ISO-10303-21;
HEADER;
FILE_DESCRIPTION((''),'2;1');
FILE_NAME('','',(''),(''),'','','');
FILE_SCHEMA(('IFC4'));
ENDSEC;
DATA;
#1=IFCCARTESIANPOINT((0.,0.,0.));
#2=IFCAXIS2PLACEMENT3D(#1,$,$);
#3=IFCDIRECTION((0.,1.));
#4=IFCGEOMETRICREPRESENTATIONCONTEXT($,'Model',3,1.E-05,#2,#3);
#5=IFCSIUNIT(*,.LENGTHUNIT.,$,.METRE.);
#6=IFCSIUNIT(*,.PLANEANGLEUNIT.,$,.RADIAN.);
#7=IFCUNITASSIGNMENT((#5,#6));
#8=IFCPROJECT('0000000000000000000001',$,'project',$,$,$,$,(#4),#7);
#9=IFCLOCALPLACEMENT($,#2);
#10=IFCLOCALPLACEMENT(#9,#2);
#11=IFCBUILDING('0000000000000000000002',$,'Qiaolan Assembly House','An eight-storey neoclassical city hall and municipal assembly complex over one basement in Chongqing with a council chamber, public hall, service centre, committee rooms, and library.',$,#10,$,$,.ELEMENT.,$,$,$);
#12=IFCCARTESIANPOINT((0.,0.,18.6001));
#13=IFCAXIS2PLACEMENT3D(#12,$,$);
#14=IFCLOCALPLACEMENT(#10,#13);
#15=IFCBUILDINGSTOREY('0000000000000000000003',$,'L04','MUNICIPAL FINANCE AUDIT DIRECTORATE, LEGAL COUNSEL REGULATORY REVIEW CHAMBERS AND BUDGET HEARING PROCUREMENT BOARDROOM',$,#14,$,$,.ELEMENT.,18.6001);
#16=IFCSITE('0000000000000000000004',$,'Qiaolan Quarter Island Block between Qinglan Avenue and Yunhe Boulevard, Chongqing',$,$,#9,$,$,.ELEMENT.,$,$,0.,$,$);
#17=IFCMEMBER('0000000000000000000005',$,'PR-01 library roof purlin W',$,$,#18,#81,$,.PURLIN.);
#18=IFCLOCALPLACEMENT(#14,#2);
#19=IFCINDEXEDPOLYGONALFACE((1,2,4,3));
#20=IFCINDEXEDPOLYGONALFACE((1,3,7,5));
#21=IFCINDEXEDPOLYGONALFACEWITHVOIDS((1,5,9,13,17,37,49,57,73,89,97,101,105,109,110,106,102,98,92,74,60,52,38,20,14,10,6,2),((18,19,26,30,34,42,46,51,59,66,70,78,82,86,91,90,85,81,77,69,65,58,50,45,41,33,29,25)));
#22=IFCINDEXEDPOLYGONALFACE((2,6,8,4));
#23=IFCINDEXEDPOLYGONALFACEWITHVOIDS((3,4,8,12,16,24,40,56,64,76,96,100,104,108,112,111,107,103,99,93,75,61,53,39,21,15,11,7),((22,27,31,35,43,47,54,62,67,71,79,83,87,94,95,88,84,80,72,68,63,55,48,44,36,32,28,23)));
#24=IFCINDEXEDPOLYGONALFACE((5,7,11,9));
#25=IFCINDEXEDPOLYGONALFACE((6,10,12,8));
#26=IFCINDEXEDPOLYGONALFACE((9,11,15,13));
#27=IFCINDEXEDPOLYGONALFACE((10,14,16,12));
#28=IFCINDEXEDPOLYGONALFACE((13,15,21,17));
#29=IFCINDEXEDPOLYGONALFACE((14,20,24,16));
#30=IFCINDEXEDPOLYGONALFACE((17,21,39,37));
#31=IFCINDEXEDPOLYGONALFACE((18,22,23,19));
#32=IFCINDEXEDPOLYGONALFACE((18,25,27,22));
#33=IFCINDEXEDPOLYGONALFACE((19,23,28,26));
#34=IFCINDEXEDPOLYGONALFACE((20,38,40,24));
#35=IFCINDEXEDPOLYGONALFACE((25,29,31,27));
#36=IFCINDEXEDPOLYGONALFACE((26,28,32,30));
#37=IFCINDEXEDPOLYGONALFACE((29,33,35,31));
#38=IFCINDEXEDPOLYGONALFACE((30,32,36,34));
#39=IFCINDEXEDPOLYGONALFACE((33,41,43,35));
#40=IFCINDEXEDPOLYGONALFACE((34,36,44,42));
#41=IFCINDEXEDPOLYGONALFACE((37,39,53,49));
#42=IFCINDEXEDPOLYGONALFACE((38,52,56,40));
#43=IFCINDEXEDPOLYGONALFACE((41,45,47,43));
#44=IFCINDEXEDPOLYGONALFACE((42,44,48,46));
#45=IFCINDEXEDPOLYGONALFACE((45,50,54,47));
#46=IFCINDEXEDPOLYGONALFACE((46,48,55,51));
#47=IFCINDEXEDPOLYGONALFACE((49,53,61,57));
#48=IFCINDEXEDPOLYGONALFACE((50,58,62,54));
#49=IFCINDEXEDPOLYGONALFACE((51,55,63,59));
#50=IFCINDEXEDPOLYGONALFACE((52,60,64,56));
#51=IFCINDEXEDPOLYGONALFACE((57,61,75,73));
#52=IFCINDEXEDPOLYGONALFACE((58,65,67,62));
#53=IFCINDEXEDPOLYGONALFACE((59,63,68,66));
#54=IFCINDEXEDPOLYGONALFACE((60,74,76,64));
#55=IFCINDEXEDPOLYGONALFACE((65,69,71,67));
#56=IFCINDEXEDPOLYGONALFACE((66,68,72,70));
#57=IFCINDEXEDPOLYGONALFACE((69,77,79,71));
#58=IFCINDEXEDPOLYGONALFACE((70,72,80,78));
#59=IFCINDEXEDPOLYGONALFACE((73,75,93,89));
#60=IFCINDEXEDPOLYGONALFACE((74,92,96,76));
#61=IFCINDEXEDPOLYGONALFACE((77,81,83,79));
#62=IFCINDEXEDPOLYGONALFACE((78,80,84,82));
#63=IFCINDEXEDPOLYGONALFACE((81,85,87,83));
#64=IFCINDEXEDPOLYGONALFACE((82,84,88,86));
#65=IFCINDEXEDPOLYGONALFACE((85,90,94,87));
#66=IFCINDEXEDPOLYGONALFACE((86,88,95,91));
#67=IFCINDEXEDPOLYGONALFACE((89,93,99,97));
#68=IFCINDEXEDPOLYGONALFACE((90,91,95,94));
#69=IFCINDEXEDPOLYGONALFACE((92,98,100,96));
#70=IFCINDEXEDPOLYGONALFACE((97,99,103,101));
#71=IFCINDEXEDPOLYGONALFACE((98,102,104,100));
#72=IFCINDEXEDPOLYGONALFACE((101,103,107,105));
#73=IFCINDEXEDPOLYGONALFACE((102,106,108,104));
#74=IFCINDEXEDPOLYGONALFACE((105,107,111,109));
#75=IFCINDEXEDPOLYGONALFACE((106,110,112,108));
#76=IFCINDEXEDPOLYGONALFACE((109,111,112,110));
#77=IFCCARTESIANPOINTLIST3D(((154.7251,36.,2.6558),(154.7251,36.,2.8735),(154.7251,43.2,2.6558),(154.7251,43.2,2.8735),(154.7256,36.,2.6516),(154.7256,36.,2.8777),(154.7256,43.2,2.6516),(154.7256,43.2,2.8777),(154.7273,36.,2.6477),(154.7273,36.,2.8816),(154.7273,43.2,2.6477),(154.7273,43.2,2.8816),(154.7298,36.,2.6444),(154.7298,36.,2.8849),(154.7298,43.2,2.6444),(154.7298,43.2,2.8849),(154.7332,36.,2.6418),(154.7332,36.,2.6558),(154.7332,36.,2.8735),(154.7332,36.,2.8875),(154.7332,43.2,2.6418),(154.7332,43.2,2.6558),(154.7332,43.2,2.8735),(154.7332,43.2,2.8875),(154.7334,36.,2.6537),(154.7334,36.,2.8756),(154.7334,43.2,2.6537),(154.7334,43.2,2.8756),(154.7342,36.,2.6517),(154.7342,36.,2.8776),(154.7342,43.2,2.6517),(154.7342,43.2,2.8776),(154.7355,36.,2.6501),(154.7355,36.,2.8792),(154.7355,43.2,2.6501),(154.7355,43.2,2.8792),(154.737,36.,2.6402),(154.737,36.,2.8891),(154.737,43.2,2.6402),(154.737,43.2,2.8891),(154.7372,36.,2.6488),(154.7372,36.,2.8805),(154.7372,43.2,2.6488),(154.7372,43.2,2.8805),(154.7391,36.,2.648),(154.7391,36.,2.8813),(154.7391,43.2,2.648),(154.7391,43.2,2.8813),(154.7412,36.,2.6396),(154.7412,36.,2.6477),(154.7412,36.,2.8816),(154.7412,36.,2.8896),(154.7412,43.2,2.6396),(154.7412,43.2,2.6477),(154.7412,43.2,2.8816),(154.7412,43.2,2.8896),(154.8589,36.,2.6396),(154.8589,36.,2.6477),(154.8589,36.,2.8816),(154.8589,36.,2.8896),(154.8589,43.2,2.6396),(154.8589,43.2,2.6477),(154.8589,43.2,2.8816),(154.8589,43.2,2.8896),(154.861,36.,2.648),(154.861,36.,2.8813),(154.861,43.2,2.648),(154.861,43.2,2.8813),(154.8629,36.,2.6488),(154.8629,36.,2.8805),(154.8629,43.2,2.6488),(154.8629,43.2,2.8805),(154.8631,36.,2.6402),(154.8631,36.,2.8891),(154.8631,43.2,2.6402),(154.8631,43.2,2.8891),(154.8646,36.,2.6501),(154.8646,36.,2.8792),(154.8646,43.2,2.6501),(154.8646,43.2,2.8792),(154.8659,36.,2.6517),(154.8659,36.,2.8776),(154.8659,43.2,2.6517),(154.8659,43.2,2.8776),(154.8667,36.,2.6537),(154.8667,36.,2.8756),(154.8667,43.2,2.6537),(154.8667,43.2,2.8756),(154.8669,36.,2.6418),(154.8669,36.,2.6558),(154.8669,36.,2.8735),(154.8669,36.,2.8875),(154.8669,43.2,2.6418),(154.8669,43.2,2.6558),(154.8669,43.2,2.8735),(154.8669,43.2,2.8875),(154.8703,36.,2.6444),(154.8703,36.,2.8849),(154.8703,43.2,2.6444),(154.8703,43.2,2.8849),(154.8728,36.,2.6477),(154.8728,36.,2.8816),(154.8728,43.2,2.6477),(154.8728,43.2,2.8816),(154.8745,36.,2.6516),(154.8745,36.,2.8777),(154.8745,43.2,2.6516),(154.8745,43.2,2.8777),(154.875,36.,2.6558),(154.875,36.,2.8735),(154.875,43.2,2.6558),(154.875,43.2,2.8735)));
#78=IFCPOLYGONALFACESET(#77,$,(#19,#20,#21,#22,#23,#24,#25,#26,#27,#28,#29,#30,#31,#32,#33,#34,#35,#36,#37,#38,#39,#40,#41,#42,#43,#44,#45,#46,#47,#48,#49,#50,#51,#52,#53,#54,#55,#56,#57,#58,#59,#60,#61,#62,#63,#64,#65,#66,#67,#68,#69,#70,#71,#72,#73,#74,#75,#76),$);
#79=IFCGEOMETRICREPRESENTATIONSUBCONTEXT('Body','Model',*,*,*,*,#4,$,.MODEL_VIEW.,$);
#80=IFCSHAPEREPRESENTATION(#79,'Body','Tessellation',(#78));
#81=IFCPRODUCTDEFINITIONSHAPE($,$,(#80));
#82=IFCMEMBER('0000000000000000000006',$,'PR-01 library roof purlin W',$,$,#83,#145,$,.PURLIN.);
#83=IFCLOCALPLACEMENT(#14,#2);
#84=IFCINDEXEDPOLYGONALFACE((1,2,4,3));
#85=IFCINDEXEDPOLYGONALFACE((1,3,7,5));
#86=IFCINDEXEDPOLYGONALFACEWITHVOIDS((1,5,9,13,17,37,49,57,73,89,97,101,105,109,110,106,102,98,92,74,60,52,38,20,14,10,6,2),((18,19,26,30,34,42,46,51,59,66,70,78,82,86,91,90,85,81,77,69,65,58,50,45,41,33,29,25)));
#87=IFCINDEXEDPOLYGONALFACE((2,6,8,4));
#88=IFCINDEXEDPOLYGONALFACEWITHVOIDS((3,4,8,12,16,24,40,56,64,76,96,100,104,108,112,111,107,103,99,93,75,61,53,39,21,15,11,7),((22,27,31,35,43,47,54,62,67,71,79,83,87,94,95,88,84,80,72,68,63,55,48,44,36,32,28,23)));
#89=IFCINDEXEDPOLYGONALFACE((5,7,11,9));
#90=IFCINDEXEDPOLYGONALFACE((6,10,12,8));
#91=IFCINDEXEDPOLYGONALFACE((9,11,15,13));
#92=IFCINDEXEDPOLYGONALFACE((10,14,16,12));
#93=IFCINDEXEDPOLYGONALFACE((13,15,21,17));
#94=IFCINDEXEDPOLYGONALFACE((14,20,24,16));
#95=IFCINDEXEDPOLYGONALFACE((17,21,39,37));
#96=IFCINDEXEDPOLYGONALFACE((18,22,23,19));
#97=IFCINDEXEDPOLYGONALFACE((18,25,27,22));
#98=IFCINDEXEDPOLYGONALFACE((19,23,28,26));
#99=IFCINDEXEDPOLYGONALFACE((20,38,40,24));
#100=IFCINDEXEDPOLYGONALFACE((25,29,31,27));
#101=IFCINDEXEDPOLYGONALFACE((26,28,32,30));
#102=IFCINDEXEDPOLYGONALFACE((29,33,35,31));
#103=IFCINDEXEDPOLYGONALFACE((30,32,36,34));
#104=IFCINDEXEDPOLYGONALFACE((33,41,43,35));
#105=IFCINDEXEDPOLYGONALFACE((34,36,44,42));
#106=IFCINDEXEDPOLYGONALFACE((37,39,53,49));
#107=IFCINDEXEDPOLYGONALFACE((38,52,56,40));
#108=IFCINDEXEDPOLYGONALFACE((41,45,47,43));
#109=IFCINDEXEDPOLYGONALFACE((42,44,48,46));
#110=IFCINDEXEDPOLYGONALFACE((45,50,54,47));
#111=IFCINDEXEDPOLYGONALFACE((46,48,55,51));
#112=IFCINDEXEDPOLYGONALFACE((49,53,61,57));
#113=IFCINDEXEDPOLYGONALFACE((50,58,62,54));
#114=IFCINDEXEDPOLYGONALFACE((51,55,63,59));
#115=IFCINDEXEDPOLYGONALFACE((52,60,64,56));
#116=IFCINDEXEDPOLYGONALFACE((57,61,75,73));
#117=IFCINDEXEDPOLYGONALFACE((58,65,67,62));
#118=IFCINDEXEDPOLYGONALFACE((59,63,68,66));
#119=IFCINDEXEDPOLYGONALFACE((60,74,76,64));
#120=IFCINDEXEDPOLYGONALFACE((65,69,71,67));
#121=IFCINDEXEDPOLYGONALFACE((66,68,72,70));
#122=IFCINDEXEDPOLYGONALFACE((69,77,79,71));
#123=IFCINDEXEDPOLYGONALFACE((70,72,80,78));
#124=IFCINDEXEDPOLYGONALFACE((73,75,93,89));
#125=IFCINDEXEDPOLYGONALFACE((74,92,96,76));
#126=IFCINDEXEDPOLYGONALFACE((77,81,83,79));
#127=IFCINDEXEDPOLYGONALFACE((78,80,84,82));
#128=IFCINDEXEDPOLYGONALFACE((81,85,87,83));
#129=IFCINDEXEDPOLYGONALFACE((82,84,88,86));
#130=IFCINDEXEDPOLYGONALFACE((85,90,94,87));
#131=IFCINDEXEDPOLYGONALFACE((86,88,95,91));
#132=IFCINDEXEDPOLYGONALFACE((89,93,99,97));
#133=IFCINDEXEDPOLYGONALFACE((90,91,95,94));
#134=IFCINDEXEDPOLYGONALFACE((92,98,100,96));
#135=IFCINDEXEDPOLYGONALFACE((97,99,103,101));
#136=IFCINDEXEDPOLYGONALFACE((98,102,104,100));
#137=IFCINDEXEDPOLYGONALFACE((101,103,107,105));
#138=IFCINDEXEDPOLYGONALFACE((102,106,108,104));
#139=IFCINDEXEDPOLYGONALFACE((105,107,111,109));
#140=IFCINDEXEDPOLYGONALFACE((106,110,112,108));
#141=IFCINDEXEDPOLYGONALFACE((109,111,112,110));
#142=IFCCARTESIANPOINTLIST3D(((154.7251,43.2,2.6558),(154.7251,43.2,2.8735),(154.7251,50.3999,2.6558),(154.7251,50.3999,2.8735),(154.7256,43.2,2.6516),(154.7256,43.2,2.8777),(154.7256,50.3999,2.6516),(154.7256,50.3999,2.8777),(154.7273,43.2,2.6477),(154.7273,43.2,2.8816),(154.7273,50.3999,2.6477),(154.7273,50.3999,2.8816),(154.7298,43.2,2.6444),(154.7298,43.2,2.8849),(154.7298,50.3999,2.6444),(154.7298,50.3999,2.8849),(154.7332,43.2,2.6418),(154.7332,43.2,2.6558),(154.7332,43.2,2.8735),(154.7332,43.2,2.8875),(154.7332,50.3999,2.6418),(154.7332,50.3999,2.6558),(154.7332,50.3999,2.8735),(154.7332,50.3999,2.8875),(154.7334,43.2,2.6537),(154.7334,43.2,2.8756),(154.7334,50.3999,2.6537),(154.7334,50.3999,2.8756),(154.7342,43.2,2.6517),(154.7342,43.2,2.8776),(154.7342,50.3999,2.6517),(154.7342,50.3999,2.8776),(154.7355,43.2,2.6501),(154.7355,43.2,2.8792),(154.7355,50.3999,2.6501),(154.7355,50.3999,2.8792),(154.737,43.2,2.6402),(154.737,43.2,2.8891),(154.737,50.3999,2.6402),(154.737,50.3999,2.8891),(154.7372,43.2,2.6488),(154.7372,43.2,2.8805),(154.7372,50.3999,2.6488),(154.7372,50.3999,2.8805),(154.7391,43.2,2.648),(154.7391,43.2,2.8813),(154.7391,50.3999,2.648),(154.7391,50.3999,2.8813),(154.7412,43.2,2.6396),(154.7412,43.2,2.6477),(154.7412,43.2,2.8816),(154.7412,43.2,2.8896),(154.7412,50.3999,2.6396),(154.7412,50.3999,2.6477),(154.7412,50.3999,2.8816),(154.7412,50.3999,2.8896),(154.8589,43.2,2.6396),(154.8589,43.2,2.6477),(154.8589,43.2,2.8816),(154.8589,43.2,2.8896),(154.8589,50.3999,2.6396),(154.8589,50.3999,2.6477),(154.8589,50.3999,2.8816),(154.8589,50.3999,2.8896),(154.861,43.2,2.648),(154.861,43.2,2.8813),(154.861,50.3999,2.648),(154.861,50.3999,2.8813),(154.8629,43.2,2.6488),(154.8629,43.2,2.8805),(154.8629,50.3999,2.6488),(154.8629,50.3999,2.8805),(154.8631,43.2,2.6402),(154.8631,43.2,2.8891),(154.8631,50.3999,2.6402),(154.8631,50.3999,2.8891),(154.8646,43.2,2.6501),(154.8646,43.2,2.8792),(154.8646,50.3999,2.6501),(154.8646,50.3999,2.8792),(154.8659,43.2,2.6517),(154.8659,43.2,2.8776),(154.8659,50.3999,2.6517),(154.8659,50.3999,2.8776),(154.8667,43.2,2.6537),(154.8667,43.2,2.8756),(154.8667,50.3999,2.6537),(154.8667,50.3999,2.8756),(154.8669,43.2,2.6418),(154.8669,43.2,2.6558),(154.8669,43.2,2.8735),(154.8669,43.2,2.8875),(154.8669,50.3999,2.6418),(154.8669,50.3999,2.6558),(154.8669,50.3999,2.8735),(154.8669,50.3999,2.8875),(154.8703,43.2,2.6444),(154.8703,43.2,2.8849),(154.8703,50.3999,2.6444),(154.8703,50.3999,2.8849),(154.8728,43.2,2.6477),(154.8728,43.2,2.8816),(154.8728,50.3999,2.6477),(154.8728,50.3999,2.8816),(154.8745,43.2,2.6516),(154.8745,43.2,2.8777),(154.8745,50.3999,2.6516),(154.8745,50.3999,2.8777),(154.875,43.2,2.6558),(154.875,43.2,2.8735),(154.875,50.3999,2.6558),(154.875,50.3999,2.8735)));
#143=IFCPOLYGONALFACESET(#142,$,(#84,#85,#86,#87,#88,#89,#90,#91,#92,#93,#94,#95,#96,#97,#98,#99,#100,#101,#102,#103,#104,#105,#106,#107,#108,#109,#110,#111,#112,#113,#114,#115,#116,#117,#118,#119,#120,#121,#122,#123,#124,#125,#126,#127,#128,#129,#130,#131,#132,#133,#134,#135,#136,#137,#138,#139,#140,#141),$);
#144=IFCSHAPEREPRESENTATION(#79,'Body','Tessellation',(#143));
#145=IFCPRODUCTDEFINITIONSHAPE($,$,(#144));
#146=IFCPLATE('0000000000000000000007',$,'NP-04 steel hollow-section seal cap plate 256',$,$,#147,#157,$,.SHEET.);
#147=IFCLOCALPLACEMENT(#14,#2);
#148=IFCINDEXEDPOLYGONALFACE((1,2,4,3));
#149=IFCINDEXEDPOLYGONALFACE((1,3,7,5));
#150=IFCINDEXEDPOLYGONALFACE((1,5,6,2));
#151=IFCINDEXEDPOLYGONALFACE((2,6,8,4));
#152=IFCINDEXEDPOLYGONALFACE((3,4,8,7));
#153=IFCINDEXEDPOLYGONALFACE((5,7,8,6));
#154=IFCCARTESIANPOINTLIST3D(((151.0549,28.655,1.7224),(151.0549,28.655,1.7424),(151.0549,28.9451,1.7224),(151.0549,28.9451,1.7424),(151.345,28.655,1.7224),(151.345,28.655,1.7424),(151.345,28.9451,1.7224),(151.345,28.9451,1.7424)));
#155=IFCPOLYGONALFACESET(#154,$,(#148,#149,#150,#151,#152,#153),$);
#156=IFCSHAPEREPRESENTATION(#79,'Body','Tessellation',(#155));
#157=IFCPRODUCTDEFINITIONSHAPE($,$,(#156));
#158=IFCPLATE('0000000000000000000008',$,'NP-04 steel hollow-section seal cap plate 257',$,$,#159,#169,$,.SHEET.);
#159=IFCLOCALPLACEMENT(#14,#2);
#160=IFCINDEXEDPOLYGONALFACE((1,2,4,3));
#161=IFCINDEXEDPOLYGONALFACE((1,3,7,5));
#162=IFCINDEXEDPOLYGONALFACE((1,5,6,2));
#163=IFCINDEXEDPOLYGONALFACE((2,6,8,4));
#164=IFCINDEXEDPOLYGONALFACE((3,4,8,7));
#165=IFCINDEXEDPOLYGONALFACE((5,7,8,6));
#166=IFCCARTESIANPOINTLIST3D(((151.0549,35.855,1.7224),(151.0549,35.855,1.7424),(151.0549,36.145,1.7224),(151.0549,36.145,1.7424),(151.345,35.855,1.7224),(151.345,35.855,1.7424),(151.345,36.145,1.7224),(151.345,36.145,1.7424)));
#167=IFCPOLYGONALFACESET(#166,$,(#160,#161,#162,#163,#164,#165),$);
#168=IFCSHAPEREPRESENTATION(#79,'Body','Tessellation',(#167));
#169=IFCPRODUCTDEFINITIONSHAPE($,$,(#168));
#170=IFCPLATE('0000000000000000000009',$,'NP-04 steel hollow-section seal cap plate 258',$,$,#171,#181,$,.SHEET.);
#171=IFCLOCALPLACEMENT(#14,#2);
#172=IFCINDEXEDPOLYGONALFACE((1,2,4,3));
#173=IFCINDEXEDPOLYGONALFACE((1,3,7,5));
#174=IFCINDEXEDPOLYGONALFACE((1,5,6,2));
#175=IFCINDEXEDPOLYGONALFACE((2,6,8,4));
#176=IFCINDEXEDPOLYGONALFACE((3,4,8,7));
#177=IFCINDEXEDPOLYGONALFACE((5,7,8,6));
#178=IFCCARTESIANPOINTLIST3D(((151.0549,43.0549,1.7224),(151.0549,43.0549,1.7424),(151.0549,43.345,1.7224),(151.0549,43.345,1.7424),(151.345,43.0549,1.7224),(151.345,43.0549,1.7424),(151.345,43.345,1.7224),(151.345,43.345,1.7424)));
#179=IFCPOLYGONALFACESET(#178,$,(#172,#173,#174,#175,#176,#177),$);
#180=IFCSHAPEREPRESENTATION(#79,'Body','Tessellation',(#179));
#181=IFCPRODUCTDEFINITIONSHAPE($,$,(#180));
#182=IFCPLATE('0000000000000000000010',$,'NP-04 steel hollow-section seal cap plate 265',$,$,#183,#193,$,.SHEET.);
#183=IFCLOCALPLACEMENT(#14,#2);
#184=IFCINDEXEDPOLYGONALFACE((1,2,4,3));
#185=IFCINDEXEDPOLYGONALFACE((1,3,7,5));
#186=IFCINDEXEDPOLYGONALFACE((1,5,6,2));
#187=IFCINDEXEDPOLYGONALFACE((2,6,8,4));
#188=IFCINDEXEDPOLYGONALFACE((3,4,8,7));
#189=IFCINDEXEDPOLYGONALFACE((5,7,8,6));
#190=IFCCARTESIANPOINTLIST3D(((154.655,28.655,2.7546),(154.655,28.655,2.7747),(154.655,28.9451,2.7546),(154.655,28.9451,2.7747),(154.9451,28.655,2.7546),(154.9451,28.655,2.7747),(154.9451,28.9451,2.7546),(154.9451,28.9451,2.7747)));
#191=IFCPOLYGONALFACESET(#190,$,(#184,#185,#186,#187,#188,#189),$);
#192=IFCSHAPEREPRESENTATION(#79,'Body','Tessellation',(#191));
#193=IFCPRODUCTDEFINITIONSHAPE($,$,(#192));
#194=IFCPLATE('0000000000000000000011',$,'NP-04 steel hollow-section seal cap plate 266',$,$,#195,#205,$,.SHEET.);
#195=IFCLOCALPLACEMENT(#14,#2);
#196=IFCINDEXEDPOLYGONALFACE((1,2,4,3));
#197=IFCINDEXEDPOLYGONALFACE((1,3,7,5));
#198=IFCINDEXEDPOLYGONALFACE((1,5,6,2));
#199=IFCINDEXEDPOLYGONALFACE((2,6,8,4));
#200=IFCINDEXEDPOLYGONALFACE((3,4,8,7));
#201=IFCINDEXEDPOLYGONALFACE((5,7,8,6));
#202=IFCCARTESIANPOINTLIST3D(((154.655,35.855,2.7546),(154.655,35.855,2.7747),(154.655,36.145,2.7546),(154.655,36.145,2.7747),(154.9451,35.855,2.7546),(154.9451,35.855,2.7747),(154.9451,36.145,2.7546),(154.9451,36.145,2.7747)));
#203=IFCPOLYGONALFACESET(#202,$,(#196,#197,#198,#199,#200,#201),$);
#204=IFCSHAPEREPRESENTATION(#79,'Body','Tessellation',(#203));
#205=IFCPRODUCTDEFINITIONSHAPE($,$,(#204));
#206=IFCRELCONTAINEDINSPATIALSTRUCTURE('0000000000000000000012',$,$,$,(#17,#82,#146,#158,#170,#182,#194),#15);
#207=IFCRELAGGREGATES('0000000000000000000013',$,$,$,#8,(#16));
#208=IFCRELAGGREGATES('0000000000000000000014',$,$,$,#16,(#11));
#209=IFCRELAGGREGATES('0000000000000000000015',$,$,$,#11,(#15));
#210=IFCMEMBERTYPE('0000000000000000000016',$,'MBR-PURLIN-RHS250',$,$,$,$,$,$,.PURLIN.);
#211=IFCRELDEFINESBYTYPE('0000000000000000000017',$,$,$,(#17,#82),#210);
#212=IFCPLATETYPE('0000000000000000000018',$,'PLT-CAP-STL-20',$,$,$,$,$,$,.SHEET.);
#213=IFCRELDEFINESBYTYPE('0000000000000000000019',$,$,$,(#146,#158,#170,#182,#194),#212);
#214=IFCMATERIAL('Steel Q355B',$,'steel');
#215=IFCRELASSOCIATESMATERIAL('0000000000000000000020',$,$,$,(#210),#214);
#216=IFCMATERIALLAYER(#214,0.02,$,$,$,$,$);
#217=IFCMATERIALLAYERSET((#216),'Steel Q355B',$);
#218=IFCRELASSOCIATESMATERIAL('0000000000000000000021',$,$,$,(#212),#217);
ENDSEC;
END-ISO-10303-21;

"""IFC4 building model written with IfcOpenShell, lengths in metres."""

from ifc_helpers import new_model, si_unit, direction, frame, origin, origin_2d, place, context, subcontext, project, spatial, rectangle, hollow_rectangle, extrude, material, layer, layer_set, material_profile, profile_set, type_object, element, save


model = new_model("IFC4")

# Units and contexts
model_context = context("Model", 3, precision=1e-05, world=origin(), true_north=direction((0.0, 1.0)))
body_context = subcontext(model_context, "Body", "Model", "MODEL_VIEW")
ifc_project = project(units=[si_unit("LENGTHUNIT", "METRE"), si_unit("PLANEANGLEUNIT", "RADIAN")], contexts=[model_context])

# Site, building, storey
site_placement = place(None, origin())
site = spatial("IfcSite", under=ifc_project, at=site_placement, Name="Qiaolan Quarter Island Block between Qinglan Avenue and Yunhe Boulevard, Chongqing", CompositionType="ELEMENT", RefElevation=0.0)
building_placement = place(site_placement, origin())
building = spatial("IfcBuilding", under=site, at=building_placement, Name="Qiaolan Assembly House", Description="An eight-storey neoclassical city hall and municipal assembly complex over one basement in Chongqing with a council chamber, public hall, service centre, committee rooms, and library.", CompositionType="ELEMENT")
storey_placement = place(building_placement, frame((0.0, 0.0, 18.6001)))
storey = spatial("IfcBuildingStorey", under=building, at=storey_placement, Name="L04", Description="MUNICIPAL FINANCE AUDIT DIRECTORATE, LEGAL COUNSEL REGULATORY REVIEW CHAMBERS AND BUDGET HEARING PROCUREMENT BOARDROOM", CompositionType="ELEMENT", Elevation=18.6001)

# Shared definitions
ifc_material = material(Name="Steel Q355B", Category="steel")

# Members
ifc_material_profile_1 = material_profile(ifc_material, hollow_rectangle(XDim=0.1499, YDim=0.25, WallThickness=0.0081, InnerFilletRadius=0.0081, OuterFilletRadius=0.0161, at=origin_2d()), Name="RHS 250x150x8")
ifc_profile_set_1 = profile_set([ifc_material_profile_1], Name="Steel Q355B")
member_type = type_object("IfcMemberType", Name="MBR-PURLIN-RHS250", PredefinedType="PURLIN", material=ifc_profile_set_1)
for number, where, z_axis, x_axis, name in (
    (1, (154.8, 36.0, 2.7646), (0.0, 1.0, 0.0), (-1.0, 0.0, 0.0), "PR-01 library roof purlin W"),
    (2, (154.8, 43.2, 2.7646), (0.0, 1.0, 0.0), (-1.0, 0.0, 0.0), "PR-01 library roof purlin W"),
):
    element("IfcMember", number, at=place(storey_placement, frame(where, z_axis=z_axis, x_axis=x_axis)), inside=storey, type_object=member_type, Name=name, PredefinedType="PURLIN", context=body_context, shape_type="SweptSolid", body=[
        extrude(hollow_rectangle(XDim=0.1499, YDim=0.25, WallThickness=0.0081, InnerFilletRadius=0.0081, OuterFilletRadius=0.0161, at=origin_2d()), origin(), (0.0, 0.0, 1.0), 7.2),
    ])

# Plates
ifc_layer = layer(ifc_material, 0.02)
ifc_layer_set = layer_set([ifc_layer], Name="Steel Q355B")
plate_type = type_object("IfcPlateType", Name="PLT-CAP-STL-20", PredefinedType="SHEET", material=ifc_layer_set)
for number, where, z_axis, x_axis, name in (
    (3, (151.2, 28.8, 1.7224), (0.0, 0.0, 1.0), (1.0, 0.0, 0.0), "NP-04 steel hollow-section seal cap plate 256"),
    (4, (151.2, 36.0, 1.7224), (0.0, 0.0, 1.0), (1.0, 0.0, 0.0), "NP-04 steel hollow-section seal cap plate 257"),
    (5, (151.2, 43.2, 1.7224), (0.0, 0.0, 1.0), (1.0, 0.0, 0.0), "NP-04 steel hollow-section seal cap plate 258"),
    (6, (154.8, 28.8, 2.7546), (0.0, 0.0, 1.0), (1.0, 0.0, 0.0), "NP-04 steel hollow-section seal cap plate 265"),
    (7, (154.8, 36.0, 2.7546), (0.0, 0.0, 1.0), (1.0, 0.0, 0.0), "NP-04 steel hollow-section seal cap plate 266"),
):
    element("IfcPlate", number, at=place(storey_placement, frame(where, z_axis=z_axis, x_axis=x_axis)), inside=storey, type_object=plate_type, Name=name, PredefinedType="SHEET", context=body_context, shape_type="SweptSolid", body=[
        extrude(rectangle(XDim=0.29, YDim=0.29, at=origin_2d()), origin(), (0.0, 0.0, 1.0), 0.02),
    ])

save(model, "model.ifc")
